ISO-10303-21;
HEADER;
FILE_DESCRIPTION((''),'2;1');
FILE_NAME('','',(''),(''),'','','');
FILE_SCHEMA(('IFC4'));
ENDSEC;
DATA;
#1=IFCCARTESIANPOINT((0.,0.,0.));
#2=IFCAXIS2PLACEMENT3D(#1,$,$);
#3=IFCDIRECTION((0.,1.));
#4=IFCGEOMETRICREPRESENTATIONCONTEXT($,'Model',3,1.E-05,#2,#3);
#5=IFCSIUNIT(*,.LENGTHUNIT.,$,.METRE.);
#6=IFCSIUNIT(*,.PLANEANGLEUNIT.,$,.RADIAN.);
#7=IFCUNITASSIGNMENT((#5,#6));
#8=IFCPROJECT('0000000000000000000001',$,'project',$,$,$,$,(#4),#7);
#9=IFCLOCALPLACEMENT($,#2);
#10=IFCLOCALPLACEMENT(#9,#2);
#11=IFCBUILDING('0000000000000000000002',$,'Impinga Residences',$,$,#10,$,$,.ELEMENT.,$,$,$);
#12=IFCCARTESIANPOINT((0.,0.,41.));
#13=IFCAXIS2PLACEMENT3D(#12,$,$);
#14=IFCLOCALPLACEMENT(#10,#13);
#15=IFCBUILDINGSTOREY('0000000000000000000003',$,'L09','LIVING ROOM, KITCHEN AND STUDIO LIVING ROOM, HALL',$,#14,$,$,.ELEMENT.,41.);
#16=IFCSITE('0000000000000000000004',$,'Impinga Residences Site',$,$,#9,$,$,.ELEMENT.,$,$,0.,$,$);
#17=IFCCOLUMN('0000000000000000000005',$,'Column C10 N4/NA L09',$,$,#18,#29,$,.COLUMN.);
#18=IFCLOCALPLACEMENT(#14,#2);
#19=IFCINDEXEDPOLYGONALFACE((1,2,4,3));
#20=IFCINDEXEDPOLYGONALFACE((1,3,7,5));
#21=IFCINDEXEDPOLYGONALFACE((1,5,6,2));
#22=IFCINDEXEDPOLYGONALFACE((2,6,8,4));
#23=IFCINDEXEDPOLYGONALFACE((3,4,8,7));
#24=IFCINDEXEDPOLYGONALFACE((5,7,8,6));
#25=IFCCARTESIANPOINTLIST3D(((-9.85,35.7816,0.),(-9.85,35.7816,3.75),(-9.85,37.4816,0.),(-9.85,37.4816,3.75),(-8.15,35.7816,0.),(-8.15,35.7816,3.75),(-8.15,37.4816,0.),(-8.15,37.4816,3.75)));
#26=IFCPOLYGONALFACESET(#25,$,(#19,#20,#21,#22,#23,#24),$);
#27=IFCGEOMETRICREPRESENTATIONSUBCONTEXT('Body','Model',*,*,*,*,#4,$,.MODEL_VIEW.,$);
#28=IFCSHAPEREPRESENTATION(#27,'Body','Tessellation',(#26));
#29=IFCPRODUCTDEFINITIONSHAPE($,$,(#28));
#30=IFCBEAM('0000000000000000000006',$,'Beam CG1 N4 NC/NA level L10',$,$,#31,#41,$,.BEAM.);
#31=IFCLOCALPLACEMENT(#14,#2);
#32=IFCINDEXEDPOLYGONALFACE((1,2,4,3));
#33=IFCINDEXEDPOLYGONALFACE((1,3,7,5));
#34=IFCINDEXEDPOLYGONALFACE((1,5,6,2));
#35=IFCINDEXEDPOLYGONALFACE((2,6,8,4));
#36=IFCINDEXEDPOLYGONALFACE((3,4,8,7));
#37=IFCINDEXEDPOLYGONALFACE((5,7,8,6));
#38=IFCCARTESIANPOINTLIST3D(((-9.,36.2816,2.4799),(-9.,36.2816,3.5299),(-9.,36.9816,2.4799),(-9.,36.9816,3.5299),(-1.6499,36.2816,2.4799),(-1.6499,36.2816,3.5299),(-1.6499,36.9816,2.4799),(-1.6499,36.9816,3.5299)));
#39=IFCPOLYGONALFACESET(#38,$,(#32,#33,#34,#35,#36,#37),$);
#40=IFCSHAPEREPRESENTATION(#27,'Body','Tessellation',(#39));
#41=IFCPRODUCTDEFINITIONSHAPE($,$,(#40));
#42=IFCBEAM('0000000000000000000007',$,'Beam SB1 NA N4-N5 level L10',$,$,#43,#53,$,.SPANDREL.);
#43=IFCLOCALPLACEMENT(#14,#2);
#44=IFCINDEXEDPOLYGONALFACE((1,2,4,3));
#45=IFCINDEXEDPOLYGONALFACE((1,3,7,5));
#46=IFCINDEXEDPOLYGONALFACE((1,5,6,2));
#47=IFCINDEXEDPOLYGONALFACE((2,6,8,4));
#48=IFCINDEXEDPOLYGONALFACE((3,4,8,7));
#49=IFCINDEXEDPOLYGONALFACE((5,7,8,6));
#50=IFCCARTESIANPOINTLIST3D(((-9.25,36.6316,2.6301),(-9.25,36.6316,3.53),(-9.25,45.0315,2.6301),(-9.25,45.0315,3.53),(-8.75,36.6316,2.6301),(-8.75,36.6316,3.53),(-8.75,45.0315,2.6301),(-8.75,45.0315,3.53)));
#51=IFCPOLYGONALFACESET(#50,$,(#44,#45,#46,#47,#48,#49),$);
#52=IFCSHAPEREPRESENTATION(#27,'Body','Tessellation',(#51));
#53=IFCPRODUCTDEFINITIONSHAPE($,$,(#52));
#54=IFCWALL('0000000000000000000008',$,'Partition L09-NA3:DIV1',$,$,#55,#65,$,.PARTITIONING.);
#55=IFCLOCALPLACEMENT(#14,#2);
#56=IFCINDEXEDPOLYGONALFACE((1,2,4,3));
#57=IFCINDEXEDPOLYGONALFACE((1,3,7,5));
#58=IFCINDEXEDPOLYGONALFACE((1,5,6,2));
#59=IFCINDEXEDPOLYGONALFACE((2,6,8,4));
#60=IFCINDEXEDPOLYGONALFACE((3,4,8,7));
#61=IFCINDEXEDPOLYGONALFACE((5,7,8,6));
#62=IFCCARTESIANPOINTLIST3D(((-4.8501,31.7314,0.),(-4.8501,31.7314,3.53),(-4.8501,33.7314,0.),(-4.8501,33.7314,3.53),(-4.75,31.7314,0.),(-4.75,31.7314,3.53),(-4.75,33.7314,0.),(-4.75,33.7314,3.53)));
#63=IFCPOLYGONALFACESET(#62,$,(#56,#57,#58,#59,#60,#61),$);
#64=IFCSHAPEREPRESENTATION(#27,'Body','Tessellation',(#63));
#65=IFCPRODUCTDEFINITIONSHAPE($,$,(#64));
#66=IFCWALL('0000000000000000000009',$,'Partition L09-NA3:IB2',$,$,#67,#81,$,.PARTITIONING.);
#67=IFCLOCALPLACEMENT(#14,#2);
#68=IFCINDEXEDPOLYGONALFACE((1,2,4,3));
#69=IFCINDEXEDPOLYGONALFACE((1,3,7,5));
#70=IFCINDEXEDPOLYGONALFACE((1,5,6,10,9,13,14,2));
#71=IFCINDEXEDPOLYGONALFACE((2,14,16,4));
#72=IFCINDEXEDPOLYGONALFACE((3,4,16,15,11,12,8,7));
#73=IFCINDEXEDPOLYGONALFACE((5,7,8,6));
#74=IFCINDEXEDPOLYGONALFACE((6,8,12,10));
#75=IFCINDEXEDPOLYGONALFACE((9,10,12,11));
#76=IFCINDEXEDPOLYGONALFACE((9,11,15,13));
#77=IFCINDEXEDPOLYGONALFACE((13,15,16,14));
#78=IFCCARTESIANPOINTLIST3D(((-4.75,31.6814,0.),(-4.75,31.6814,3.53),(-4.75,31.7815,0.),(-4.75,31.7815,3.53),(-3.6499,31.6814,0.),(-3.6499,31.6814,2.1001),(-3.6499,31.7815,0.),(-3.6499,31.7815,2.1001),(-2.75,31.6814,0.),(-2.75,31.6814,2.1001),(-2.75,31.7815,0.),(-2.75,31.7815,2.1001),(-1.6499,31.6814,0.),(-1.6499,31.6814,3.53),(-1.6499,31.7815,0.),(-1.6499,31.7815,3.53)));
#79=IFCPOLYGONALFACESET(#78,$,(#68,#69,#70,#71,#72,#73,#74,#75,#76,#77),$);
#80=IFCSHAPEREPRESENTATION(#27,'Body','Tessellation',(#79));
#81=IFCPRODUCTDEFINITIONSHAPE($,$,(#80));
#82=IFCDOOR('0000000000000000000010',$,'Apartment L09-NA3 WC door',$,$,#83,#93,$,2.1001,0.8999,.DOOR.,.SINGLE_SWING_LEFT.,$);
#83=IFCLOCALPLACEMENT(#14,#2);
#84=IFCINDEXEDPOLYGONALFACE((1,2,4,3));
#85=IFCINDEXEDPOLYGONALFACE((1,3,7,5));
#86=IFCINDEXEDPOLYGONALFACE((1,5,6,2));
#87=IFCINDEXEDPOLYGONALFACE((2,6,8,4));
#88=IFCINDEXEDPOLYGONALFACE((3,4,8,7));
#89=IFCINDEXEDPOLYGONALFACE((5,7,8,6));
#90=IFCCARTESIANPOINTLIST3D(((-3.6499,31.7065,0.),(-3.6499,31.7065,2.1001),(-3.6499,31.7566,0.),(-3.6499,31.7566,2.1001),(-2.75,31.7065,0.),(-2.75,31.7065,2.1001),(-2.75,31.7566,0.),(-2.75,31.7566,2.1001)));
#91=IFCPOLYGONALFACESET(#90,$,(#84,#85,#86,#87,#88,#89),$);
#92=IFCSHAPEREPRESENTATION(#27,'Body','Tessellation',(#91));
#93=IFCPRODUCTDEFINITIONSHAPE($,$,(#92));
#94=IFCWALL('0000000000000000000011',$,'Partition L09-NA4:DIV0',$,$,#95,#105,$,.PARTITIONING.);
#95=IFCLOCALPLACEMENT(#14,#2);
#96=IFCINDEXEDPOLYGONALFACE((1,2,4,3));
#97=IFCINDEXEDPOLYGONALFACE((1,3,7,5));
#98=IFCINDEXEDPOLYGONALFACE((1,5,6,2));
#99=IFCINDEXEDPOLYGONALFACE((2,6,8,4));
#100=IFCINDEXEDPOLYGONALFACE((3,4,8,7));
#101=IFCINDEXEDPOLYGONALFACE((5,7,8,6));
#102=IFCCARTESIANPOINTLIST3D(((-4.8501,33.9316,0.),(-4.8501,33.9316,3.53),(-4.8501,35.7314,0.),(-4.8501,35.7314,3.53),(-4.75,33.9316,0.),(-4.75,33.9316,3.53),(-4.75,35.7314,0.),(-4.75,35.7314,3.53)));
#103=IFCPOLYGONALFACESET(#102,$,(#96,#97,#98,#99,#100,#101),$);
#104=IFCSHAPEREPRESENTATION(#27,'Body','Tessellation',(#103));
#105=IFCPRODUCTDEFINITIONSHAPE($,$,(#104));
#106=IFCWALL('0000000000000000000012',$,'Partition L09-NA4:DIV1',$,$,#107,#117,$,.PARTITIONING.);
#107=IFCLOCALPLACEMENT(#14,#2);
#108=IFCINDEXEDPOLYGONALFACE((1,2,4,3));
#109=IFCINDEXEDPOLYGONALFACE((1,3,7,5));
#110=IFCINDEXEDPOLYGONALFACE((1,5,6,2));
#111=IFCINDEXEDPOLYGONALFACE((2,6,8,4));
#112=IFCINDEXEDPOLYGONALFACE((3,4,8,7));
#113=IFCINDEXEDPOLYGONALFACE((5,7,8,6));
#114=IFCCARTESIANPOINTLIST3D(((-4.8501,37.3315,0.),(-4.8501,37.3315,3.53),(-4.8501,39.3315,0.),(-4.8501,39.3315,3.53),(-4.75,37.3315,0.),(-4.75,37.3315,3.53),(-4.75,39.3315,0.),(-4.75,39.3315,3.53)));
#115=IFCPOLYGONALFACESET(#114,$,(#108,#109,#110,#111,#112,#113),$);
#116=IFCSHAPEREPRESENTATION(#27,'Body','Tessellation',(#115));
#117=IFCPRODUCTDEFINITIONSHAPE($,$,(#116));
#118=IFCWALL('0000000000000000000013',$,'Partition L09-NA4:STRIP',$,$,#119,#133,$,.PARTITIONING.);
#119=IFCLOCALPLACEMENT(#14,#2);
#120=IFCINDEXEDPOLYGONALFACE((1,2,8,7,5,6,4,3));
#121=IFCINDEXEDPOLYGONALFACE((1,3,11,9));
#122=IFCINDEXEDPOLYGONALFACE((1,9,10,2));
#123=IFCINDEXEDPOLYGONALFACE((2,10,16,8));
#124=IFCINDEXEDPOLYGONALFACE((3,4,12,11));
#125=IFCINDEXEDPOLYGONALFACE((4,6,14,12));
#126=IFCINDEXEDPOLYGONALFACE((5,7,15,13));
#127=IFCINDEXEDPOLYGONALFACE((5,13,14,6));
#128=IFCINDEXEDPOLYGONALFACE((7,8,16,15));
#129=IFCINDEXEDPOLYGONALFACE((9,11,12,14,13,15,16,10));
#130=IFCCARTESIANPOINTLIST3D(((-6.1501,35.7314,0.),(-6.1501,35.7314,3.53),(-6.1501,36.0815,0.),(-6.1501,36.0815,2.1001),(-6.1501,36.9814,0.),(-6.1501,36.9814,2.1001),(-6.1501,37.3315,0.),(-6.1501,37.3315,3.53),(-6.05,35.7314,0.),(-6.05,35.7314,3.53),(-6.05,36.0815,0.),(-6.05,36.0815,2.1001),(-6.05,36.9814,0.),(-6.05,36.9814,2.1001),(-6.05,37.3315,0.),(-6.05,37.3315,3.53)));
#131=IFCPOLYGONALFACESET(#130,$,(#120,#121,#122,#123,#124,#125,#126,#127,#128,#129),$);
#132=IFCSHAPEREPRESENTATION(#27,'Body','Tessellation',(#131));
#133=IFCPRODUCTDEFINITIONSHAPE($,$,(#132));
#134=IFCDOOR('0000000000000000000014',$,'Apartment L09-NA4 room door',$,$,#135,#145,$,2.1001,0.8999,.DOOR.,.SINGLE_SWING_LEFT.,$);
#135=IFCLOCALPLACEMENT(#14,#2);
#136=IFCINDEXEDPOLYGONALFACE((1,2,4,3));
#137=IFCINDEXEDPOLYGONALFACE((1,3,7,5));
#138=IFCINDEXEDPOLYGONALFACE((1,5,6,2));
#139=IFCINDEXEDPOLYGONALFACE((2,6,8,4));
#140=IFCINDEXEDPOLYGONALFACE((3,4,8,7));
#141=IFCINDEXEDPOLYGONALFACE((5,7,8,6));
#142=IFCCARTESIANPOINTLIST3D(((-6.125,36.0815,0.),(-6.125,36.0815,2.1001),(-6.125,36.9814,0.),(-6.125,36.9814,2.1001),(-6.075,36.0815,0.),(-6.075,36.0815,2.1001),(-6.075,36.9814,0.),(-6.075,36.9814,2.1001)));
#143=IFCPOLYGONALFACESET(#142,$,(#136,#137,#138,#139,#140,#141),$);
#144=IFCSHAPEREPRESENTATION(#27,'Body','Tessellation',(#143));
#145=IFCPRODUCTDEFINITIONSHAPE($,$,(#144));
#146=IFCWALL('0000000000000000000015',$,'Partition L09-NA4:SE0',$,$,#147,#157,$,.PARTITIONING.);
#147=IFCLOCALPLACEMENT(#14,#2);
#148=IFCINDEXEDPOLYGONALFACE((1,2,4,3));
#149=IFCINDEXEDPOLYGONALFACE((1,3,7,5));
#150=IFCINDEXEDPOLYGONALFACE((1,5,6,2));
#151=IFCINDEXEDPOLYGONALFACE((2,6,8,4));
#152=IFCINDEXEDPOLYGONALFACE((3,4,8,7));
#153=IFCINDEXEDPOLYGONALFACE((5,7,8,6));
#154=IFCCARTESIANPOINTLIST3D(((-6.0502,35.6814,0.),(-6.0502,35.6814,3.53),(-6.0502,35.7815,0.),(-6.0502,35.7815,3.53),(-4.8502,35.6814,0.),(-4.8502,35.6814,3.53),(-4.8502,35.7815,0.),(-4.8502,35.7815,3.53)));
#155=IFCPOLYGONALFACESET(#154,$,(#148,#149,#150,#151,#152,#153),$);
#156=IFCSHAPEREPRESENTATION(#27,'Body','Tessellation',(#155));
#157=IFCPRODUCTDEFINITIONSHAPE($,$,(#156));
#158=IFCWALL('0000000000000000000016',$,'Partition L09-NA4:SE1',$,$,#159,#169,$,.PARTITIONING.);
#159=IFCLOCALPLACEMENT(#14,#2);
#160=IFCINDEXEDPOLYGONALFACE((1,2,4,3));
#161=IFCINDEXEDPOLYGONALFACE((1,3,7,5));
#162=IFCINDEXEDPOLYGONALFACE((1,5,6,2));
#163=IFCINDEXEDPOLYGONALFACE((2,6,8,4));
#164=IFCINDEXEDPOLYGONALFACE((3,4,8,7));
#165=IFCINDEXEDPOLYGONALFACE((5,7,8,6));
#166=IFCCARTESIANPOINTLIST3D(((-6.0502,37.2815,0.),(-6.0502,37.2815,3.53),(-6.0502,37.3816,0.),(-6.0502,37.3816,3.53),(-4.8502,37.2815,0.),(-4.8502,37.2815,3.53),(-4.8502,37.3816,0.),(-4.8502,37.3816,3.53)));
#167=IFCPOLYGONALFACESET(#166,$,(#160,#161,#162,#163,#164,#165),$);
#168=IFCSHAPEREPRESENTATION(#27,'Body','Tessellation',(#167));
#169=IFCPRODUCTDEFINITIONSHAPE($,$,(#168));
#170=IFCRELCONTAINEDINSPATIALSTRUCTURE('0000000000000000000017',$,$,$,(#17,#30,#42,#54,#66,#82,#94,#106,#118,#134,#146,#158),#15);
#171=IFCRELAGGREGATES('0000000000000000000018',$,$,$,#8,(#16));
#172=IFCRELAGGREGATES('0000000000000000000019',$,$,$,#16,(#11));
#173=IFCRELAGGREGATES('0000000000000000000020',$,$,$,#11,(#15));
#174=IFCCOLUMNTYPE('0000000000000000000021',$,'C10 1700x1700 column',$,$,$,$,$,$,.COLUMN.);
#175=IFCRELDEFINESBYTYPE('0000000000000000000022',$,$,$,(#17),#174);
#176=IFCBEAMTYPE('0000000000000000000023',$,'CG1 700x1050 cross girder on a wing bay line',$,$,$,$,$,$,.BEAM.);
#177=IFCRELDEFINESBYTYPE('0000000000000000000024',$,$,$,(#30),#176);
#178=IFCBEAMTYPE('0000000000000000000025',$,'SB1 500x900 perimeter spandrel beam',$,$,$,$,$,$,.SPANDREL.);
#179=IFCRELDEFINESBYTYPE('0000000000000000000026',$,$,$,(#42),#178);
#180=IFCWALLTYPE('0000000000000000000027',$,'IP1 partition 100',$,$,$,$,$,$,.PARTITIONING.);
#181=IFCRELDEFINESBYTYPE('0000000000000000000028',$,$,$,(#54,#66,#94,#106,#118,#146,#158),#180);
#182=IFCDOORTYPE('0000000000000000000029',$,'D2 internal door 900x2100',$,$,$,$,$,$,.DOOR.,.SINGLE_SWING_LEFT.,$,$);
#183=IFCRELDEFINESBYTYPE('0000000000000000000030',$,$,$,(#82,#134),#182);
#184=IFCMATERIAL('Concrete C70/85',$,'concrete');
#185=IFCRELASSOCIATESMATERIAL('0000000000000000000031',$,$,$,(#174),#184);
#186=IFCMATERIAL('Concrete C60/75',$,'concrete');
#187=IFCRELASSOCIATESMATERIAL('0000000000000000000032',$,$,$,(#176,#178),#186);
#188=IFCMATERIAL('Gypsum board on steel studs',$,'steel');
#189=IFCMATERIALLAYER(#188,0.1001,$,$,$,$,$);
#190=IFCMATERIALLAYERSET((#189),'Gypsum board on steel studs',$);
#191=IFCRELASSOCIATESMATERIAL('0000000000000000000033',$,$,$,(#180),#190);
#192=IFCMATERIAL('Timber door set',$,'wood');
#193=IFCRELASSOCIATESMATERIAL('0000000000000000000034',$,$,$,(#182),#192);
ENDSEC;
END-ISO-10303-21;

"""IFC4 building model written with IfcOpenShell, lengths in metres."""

from ifc_helpers import new_model, si_unit, direction, frame, frame_2d, origin, origin_2d, place, context, subcontext, project, spatial, rectangle, extrude, material, layer, layer_set, material_profile, profile_set, type_object, element, fill, save


model = new_model("IFC4")

# Units and contexts
model_context = context("Model", 3, precision=1e-05, world=origin(), true_north=direction((0.0, 1.0)))
body_context = subcontext(model_context, "Body", "Model", "MODEL_VIEW")
ifc_project = project(units=[si_unit("LENGTHUNIT", "METRE"), si_unit("PLANEANGLEUNIT", "RADIAN")], contexts=[model_context])

# Site, building, storey
site_placement = place(None, origin())
site = spatial("IfcSite", under=ifc_project, at=site_placement, Name="Impinga Residences Site", CompositionType="ELEMENT", RefElevation=0.0)
building_placement = place(site_placement, origin())
building = spatial("IfcBuilding", under=site, at=building_placement, Name="Impinga Residences", CompositionType="ELEMENT")
storey_placement = place(building_placement, frame((0.0, 0.0, 41.0)))
storey = spatial("IfcBuildingStorey", under=building, at=storey_placement, Name="L09", Description="LIVING ROOM, KITCHEN AND STUDIO LIVING ROOM, HALL", CompositionType="ELEMENT", Elevation=41.0)

# Column
ifc_material_1 = material(Name="Concrete C70/85", Category="concrete")
ifc_material_profile_1 = material_profile(ifc_material_1, rectangle(XDim=1.7, YDim=1.7, at=origin_2d()), Name="RC 1700x1700")
ifc_profile_set_1 = profile_set([ifc_material_profile_1], Name="Concrete C70/85")
column_type = type_object("IfcColumnType", Name="C10 1700x1700 column", PredefinedType="COLUMN", material=ifc_profile_set_1)
column_placement = place(storey_placement, frame((-9.0, 36.6316, 0.0), z_axis=(0.0, 0.0, 1.0), x_axis=(1.0, 0.0, 0.0)))
element("IfcColumn", 1, at=column_placement, inside=storey, type_object=column_type, Name="Column C10 N4/NA L09", PredefinedType="COLUMN", context=body_context, shape_type="SweptSolid", body=[
    extrude(rectangle(XDim=1.7, YDim=1.7, at=origin_2d()), origin(), (0.0, 0.0, 1.0), 3.75),
])

# Beams
ifc_material_2 = material(Name="Concrete C60/75", Category="concrete")
ifc_material_profile_2 = material_profile(ifc_material_2, rectangle(XDim=0.7, YDim=1.05, at=origin_2d()), Name="RC 700x1050")
ifc_profile_set_2 = profile_set([ifc_material_profile_2], Name="Concrete C60/75")
beam_type_1 = type_object("IfcBeamType", Name="CG1 700x1050 cross girder on a wing bay line", PredefinedType="BEAM", material=ifc_profile_set_2)
beam_1_placement = place(storey_placement, frame((-1.6499, 36.6316, 3.0049), z_axis=(-1.0, 0.0, 0.0), x_axis=(0.0, -1.0, 0.0)))
element("IfcBeam", 2, at=beam_1_placement, inside=storey, type_object=beam_type_1, Name="Beam CG1 N4 NC/NA level L10", PredefinedType="BEAM", context=body_context, shape_type="SweptSolid", body=[
    extrude(rectangle(XDim=0.7, YDim=1.05, at=origin_2d()), origin(), (0.0, 0.0, 1.0), 7.3501),
])
ifc_material_profile_3 = material_profile(ifc_material_2, rectangle(XDim=0.5, YDim=0.8999, at=origin_2d()), Name="RC 500x900")
ifc_profile_set_3 = profile_set([ifc_material_profile_3], Name="Concrete C60/75")
beam_type_2 = type_object("IfcBeamType", Name="SB1 500x900 perimeter spandrel beam", PredefinedType="SPANDREL", material=ifc_profile_set_3)
beam_2_placement = place(storey_placement, frame((-9.0, 36.6316, 3.0801), z_axis=(0.0, 1.0, 0.0), x_axis=(-1.0, 0.0, 0.0)))
element("IfcBeam", 3, at=beam_2_placement, inside=storey, type_object=beam_type_2, Name="Beam SB1 NA N4-N5 level L10", PredefinedType="SPANDREL", context=body_context, shape_type="SweptSolid", body=[
    extrude(rectangle(XDim=0.5, YDim=0.8999, at=origin_2d()), origin(), (0.0, 0.0, 1.0), 8.3999),
])

# Wall
ifc_material_3 = material(Name="Gypsum board on steel studs", Category="steel")
ifc_layer_1 = layer(ifc_material_3, 0.1001)
ifc_layer_set_1 = layer_set([ifc_layer_1], Name="Gypsum board on steel studs")
wall_type_1 = type_object("IfcWallType", Name="IP1 partition 100", PredefinedType="PARTITIONING", material=ifc_layer_set_1)
wall_1_placement = place(storey_placement, frame((-4.8, 31.7314, 0.0), z_axis=(0.0, 0.0, 1.0), x_axis=(0.0, 1.0, 0.0)))
element("IfcWall", 4, at=wall_1_placement, inside=storey, type_object=wall_type_1, Name="Partition L09-NA3:DIV1", PredefinedType="PARTITIONING", context=body_context, shape_type="SweptSolid", body=[
    extrude(rectangle(XDim=2.0, YDim=0.1001, at=frame_2d((1.0, 0.0))), origin(), (0.0, 0.0, 1.0), 3.53),
])

# Wall, opening, door
wall_2_placement = place(storey_placement, frame((-1.6499, 31.7314, 0.0), z_axis=(0.0, 0.0, 1.0), x_axis=(-1.0, 0.0, 0.0)))
wall_2 = element("IfcWall", 5, at=wall_2_placement, inside=storey, type_object=wall_type_1, Name="Partition L09-NA3:IB2", PredefinedType="PARTITIONING", context=body_context, shape_type="SweptSolid", body=[
    extrude(rectangle(XDim=3.1001, YDim=0.1001, at=frame_2d((1.55, 0.0))), origin(), (0.0, 0.0, 1.0), 3.53),
])
opening_1_placement = place(wall_2_placement, frame((1.1001, 0.0, 0.0)))
opening_1 = element("IfcOpeningElement", 6, at=opening_1_placement, cuts=wall_2, PredefinedType="OPENING", context=body_context, shape_type="SweptSolid", body=[
    extrude(rectangle(XDim=0.8999, YDim=2.1001, at=frame_2d((0.45, 1.05))), frame((0.0, 0.0601, 0.0), z_axis=(0.0, -1.0, 0.0), x_axis=(1.0, 0.0, 0.0)), (0.0, 0.0, 1.0), 0.1201),
])
ifc_material_4 = material(Name="Timber door set", Category="wood")
door_type = type_object("IfcDoorType", Name="D2 internal door 900x2100", OperationType="SINGLE_SWING_LEFT", PredefinedType="DOOR", material=ifc_material_4)
door_1_placement = place(opening_1_placement, origin())
door_1 = element("IfcDoor", 7, at=door_1_placement, inside=storey, type_object=door_type, Name="Apartment L09-NA3 WC door", OperationType="SINGLE_SWING_LEFT", OverallHeight=2.1001, OverallWidth=0.8999, PredefinedType="DOOR", context=body_context, shape_type="SweptSolid", body=[
    extrude(rectangle(XDim=0.8999, YDim=2.1001, at=frame_2d((0.45, 1.05))), frame((0.0, 0.0249, 0.0), z_axis=(0.0, -1.0, 0.0), x_axis=(1.0, 0.0, 0.0)), (0.0, 0.0, 1.0), 0.05),
])
fill(opening_1, door_1)

# Walls
wall_3_placement = place(storey_placement, frame((-4.8, 33.9316, 0.0), z_axis=(0.0, 0.0, 1.0), x_axis=(0.0, 1.0, 0.0)))
element("IfcWall", 8, at=wall_3_placement, inside=storey, type_object=wall_type_1, Name="Partition L09-NA4:DIV0", PredefinedType="PARTITIONING", context=body_context, shape_type="SweptSolid", body=[
    extrude(rectangle(XDim=1.7998, YDim=0.1001, at=frame_2d((0.8999, 0.0))), origin(), (0.0, 0.0, 1.0), 3.53),
])
wall_4_placement = place(storey_placement, frame((-4.8, 37.3315, 0.0), z_axis=(0.0, 0.0, 1.0), x_axis=(0.0, 1.0, 0.0)))
element("IfcWall", 9, at=wall_4_placement, inside=storey, type_object=wall_type_1, Name="Partition L09-NA4:DIV1", PredefinedType="PARTITIONING", context=body_context, shape_type="SweptSolid", body=[
    extrude(rectangle(XDim=2.0, YDim=0.1001, at=frame_2d((1.0, 0.0))), origin(), (0.0, 0.0, 1.0), 3.53),
])

# Wall, opening, door
wall_5_placement = place(storey_placement, frame((-6.1001, 35.7314, 0.0), z_axis=(0.0, 0.0, 1.0), x_axis=(0.0, 1.0, 0.0)))
wall_5 = element("IfcWall", 10, at=wall_5_placement, inside=storey, type_object=wall_type_1, Name="Partition L09-NA4:STRIP", PredefinedType="PARTITIONING", context=body_context, shape_type="SweptSolid", body=[
    extrude(rectangle(XDim=1.6001, YDim=0.1001, at=frame_2d((0.8, 0.0))), origin(), (0.0, 0.0, 1.0), 3.53),
])
opening_2_placement = place(wall_5_placement, frame((0.3501, 0.0, 0.0)))
opening_2 = element("IfcOpeningElement", 11, at=opening_2_placement, cuts=wall_5, PredefinedType="OPENING", context=body_context, shape_type="SweptSolid", body=[
    extrude(rectangle(XDim=0.8999, YDim=2.1001, at=frame_2d((0.45, 1.05))), frame((0.0, 0.0601, 0.0), z_axis=(0.0, -1.0, 0.0), x_axis=(1.0, 0.0, 0.0)), (0.0, 0.0, 1.0), 0.1201),
])
door_2_placement = place(opening_2_placement, origin())
door_2 = element("IfcDoor", 12, at=door_2_placement, inside=storey, type_object=door_type, Name="Apartment L09-NA4 room door", OperationType="SINGLE_SWING_LEFT", OverallHeight=2.1001, OverallWidth=0.8999, PredefinedType="DOOR", context=body_context, shape_type="SweptSolid", body=[
    extrude(rectangle(XDim=0.8999, YDim=2.1001, at=frame_2d((0.45, 1.05))), frame((0.0, 0.0249, 0.0), z_axis=(0.0, -1.0, 0.0), x_axis=(1.0, 0.0, 0.0)), (0.0, 0.0, 1.0), 0.05),
])
fill(opening_2, door_2)

# Walls
for number, where, z_axis, x_axis, name in (
    (13, (-4.8501, 35.7314, 0.0), (0.0, 0.0, 1.0), (-1.0, 0.0, 0.0), "Partition L09-NA4:SE0"),
    (14, (-4.8501, 37.3315, 0.0), (0.0, 0.0, 1.0), (-1.0, 0.0, 0.0), "Partition L09-NA4:SE1"),
):
    element("IfcWall", number, at=place(storey_placement, frame(where, z_axis=z_axis, x_axis=x_axis)), inside=storey, type_object=wall_type_1, Name=name, PredefinedType="PARTITIONING", context=body_context, shape_type="SweptSolid", body=[
        extrude(rectangle(XDim=1.2, YDim=0.1001, at=frame_2d((0.6001, 0.0))), origin(), (0.0, 0.0, 1.0), 3.53),
    ])

save(model, "model.ifc")
